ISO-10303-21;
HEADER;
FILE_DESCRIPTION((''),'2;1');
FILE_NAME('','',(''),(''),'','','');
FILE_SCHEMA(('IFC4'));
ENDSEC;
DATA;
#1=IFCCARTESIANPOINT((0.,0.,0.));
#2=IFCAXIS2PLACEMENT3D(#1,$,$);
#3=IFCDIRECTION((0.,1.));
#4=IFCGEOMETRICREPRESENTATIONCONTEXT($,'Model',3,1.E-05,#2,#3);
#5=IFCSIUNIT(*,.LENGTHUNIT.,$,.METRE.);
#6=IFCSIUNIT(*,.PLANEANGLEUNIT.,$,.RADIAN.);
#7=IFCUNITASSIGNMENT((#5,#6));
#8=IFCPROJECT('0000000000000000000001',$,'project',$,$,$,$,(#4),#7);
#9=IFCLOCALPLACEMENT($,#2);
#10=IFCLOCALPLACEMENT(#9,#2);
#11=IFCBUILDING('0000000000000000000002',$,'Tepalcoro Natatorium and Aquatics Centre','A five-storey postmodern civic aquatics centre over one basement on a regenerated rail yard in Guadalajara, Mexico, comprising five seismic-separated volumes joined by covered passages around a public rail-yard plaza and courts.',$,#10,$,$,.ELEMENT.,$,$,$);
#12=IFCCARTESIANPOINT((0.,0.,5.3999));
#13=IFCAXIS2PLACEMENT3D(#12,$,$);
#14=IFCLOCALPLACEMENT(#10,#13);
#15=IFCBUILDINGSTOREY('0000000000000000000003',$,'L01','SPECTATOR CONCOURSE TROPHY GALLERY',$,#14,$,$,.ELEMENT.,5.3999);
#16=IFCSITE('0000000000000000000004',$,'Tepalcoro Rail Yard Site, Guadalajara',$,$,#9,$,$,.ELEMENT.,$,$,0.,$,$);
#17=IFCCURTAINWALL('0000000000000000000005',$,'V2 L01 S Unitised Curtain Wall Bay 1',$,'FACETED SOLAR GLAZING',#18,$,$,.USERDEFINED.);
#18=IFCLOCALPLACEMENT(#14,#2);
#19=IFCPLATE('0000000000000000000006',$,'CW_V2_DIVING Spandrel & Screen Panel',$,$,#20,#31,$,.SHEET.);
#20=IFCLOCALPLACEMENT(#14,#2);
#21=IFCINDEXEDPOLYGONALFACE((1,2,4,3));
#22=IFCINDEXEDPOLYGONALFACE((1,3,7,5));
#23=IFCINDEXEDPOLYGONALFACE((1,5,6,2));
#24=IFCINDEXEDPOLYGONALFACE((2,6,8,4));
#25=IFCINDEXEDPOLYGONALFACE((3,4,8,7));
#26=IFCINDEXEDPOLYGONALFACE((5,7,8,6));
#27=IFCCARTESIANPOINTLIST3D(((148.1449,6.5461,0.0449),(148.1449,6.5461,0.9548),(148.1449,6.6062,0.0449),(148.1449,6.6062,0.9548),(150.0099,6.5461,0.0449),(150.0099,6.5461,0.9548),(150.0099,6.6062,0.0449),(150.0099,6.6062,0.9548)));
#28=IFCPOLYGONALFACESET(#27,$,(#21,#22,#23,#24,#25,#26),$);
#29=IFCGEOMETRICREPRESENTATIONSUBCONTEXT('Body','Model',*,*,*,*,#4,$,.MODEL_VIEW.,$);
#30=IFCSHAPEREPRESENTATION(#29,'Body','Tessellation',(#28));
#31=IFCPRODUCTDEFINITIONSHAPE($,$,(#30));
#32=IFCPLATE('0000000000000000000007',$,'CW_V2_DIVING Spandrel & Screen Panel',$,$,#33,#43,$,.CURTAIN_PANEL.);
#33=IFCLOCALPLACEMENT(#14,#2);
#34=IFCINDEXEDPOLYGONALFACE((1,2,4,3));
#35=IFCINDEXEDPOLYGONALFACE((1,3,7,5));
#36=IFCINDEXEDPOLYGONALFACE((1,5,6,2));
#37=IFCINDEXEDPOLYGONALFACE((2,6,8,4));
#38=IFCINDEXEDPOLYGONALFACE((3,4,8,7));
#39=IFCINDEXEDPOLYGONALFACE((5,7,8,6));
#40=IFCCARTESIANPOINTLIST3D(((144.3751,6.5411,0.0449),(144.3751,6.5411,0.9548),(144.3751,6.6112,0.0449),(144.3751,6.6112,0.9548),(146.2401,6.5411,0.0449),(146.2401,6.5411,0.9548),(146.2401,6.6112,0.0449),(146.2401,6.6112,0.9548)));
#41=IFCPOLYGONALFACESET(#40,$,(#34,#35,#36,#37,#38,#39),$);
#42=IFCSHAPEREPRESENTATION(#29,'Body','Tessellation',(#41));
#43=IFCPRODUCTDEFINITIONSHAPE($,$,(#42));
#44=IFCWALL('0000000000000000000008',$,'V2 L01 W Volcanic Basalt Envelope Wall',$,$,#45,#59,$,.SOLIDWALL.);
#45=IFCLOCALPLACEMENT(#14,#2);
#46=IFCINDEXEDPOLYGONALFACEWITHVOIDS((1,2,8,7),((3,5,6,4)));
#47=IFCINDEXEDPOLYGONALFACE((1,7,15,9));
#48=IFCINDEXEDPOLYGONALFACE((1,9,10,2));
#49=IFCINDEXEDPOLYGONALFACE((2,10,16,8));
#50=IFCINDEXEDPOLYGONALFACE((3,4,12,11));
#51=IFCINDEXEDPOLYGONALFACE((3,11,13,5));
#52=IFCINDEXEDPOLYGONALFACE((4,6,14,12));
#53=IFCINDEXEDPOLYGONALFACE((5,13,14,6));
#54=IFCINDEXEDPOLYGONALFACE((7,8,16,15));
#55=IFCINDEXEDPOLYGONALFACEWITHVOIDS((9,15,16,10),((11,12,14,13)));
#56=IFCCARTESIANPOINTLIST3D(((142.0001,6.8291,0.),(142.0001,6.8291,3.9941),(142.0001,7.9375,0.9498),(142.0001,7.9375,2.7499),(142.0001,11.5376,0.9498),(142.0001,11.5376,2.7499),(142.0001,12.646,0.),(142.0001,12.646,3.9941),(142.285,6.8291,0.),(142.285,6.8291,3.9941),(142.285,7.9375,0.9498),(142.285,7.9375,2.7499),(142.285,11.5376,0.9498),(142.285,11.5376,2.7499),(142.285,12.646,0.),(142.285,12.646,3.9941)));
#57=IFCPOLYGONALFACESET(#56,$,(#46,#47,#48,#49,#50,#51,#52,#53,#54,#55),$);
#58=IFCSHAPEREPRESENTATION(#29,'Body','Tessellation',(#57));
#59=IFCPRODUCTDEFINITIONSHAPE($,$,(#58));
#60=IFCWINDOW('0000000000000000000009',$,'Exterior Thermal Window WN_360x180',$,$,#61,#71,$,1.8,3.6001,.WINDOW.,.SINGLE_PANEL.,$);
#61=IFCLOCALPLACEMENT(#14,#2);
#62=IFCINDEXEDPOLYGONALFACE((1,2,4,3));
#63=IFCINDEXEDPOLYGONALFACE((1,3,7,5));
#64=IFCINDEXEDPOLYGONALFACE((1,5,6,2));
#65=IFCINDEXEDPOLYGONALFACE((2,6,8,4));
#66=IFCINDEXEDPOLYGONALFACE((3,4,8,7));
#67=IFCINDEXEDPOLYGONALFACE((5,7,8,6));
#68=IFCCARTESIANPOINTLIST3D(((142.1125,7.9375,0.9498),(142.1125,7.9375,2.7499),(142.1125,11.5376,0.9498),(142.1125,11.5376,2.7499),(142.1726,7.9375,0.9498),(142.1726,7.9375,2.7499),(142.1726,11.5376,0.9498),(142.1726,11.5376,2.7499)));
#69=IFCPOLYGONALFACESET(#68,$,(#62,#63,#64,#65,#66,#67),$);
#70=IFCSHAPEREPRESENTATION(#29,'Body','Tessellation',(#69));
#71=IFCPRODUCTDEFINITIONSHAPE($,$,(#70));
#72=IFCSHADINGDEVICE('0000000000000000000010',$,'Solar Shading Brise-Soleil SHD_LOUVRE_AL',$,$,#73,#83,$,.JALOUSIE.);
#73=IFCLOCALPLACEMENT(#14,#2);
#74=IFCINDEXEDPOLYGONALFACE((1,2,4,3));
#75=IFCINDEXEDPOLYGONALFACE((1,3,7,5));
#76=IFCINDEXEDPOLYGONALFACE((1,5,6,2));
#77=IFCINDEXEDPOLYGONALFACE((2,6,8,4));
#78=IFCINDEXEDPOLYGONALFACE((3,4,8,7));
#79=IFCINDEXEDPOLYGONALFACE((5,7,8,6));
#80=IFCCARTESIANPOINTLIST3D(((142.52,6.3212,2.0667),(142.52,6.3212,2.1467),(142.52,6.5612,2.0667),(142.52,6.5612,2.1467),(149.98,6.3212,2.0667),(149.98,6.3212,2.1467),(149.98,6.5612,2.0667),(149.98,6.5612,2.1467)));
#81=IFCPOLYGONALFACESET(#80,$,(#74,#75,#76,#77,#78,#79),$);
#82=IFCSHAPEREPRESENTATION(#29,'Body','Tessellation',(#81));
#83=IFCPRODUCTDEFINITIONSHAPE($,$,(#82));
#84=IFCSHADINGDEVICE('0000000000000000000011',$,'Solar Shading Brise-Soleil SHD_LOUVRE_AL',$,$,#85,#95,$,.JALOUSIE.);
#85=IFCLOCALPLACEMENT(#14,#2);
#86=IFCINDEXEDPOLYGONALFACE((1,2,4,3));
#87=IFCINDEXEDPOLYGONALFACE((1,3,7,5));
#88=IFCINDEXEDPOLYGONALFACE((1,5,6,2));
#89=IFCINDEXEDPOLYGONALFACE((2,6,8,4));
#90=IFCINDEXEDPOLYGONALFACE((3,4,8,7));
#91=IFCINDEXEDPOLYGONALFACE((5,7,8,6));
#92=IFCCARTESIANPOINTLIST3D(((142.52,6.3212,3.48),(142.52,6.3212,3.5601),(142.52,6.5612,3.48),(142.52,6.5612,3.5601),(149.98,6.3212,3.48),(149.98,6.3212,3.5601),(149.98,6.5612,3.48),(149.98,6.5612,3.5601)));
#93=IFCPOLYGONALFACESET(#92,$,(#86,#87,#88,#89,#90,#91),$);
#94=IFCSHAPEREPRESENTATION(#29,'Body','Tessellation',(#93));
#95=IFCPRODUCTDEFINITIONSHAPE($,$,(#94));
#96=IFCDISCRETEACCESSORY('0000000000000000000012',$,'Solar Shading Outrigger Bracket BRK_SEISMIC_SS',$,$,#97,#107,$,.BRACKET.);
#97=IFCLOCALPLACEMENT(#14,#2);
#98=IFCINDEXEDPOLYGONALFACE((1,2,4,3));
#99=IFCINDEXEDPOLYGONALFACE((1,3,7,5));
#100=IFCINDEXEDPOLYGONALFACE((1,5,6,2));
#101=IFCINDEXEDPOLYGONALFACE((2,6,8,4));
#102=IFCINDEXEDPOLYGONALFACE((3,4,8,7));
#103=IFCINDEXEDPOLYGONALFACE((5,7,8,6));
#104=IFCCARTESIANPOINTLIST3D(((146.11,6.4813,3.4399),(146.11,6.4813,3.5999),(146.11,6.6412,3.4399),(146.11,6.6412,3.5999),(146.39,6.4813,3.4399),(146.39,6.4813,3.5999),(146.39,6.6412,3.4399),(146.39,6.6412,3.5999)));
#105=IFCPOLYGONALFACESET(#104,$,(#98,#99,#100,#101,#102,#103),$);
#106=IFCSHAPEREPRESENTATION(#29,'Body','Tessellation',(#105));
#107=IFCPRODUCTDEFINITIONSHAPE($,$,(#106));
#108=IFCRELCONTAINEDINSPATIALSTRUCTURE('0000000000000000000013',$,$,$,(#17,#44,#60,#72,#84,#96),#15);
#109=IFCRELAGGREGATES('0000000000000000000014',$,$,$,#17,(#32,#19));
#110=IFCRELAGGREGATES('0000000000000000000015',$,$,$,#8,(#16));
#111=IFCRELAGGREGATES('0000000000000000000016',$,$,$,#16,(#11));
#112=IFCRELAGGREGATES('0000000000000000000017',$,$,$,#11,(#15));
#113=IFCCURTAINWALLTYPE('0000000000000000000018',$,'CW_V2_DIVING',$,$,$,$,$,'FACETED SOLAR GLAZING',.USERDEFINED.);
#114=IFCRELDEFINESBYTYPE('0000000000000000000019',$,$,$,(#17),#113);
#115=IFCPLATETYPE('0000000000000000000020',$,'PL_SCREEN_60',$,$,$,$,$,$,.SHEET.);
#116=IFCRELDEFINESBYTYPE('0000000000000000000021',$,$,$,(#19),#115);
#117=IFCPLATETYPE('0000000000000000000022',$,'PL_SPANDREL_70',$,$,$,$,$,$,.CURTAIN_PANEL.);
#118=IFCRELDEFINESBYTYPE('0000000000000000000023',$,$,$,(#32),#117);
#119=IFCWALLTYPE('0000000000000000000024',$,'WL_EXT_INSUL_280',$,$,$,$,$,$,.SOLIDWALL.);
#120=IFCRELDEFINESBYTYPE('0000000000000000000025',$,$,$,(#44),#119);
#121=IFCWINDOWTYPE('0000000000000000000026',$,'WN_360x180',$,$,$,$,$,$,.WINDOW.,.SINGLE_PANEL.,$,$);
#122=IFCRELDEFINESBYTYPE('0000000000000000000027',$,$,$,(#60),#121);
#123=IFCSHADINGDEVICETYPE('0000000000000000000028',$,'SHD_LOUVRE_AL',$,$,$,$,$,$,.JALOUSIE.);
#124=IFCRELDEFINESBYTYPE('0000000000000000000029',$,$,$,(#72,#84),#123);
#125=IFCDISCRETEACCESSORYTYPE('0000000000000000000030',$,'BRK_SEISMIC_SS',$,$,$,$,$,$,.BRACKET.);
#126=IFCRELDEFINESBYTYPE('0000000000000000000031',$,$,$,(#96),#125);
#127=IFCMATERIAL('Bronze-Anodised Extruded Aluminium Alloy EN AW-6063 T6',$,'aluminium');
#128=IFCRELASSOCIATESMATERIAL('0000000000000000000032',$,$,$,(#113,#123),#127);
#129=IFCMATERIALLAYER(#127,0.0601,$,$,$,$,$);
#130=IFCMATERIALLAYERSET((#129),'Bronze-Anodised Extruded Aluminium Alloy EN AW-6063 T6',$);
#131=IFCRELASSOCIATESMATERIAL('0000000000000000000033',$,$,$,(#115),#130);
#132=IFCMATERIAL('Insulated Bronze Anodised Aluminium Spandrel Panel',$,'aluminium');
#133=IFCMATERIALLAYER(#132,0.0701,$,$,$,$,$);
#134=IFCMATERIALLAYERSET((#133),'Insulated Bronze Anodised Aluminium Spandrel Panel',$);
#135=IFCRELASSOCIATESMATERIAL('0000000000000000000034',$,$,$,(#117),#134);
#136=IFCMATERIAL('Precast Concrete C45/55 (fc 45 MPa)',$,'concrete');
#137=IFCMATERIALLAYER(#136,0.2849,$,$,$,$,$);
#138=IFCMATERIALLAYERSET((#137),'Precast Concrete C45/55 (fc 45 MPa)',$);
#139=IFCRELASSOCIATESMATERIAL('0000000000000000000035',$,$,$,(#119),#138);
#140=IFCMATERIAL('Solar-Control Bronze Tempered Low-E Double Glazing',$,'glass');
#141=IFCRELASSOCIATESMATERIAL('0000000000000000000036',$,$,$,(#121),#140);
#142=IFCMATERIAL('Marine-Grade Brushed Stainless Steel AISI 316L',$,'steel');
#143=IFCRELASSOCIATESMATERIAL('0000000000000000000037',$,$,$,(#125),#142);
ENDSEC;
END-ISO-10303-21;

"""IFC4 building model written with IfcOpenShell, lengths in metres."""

from ifc_helpers import new_model, si_unit, direction, frame, frame_2d, origin, origin_2d, place, context, subcontext, project, spatial, rectangle, extrude, material, layer, layer_set, type_object, element, fill, aggregate, save


model = new_model("IFC4")

# Units and contexts
model_context = context("Model", 3, precision=1e-05, world=origin(), true_north=direction((0.0, 1.0)))
body_context = subcontext(model_context, "Body", "Model", "MODEL_VIEW")
ifc_project = project(units=[si_unit("LENGTHUNIT", "METRE"), si_unit("PLANEANGLEUNIT", "RADIAN")], contexts=[model_context])

# Site, building, storey
site_placement = place(None, origin())
site = spatial("IfcSite", under=ifc_project, at=site_placement, Name="Tepalcoro Rail Yard Site, Guadalajara", CompositionType="ELEMENT", RefElevation=0.0)
building_placement = place(site_placement, origin())
building = spatial("IfcBuilding", under=site, at=building_placement, Name="Tepalcoro Natatorium and Aquatics Centre", Description="A five-storey postmodern civic aquatics centre over one basement on a regenerated rail yard in Guadalajara, Mexico, comprising five seismic-separated volumes joined by covered passages around a public rail-yard plaza and courts.", CompositionType="ELEMENT")
storey_placement = place(building_placement, frame((0.0, 0.0, 5.3999)))
storey = spatial("IfcBuildingStorey", under=building, at=storey_placement, Name="L01", Description="SPECTATOR CONCOURSE TROPHY GALLERY", CompositionType="ELEMENT", Elevation=5.3999)

# Curtain wall
ifc_material_1 = material(Name="Bronze-Anodised Extruded Aluminium Alloy EN AW-6063 T6", Category="aluminium")
curtain_wall_type = type_object("IfcCurtainWallType", Name="CW_V2_DIVING", ElementType="FACETED SOLAR GLAZING", PredefinedType="USERDEFINED", material=ifc_material_1)
curtain_wall_placement = place(storey_placement, origin())
curtain_wall = element("IfcCurtainWall", 1, at=curtain_wall_placement, inside=storey, type_object=curtain_wall_type, Name="V2 L01 S Unitised Curtain Wall Bay 1", ObjectType="FACETED SOLAR GLAZING", PredefinedType="USERDEFINED")

# Plates
ifc_material_2 = material(Name="Solar-Control Bronze Tempered Low-E Double Glazing", Category="glass")
ifc_layer_1 = layer(ifc_material_1, 0.0601)
ifc_layer_set_1 = layer_set([ifc_layer_1], Name="Bronze-Anodised Extruded Aluminium Alloy EN AW-6063 T6")
plate_type_1 = type_object("IfcPlateType", Name="PL_SCREEN_60", PredefinedType="SHEET", material=ifc_layer_set_1)
plate_1_placement = place(storey_placement, frame((149.0774, 6.5762, 0.0449), z_axis=(0.0, 0.0, 1.0), x_axis=(1.0, 0.0, 0.0)))
plate_1 = element("IfcPlate", 2, at=plate_1_placement, type_object=plate_type_1, Name="CW_V2_DIVING Spandrel & Screen Panel", PredefinedType="SHEET", context=body_context, shape_type="SweptSolid", body=[
    extrude(rectangle(XDim=1.865, YDim=0.0601, at=origin_2d()), origin(), (0.0, 0.0, 1.0), 0.9099),
])
ifc_material_3 = material(Name="Insulated Bronze Anodised Aluminium Spandrel Panel", Category="aluminium")
ifc_layer_2 = layer(ifc_material_3, 0.0701)
ifc_layer_set_2 = layer_set([ifc_layer_2], Name="Insulated Bronze Anodised Aluminium Spandrel Panel")
plate_type_2 = type_object("IfcPlateType", Name="PL_SPANDREL_70", PredefinedType="CURTAIN_PANEL", material=ifc_layer_set_2)
plate_2_placement = place(storey_placement, frame((145.3076, 6.5762, 0.0449), z_axis=(0.0, 0.0, 1.0), x_axis=(1.0, 0.0, 0.0)))
plate_2 = element("IfcPlate", 3, at=plate_2_placement, type_object=plate_type_2, Name="CW_V2_DIVING Spandrel & Screen Panel", PredefinedType="CURTAIN_PANEL", context=body_context, shape_type="SweptSolid", body=[
    extrude(rectangle(XDim=1.865, YDim=0.0701, at=origin_2d()), origin(), (0.0, 0.0, 1.0), 0.9099),
])
aggregate(curtain_wall, [plate_2, plate_1])

# Wall, opening, window
ifc_material_4 = material(Name="Precast Concrete C45/55 (fc 45 MPa)", Category="concrete")
ifc_layer_3 = layer(ifc_material_4, 0.2849)
ifc_layer_set_3 = layer_set([ifc_layer_3], Name="Precast Concrete C45/55 (fc 45 MPa)")
wall_type = type_object("IfcWallType", Name="WL_EXT_INSUL_280", PredefinedType="SOLIDWALL", material=ifc_layer_set_3)
wall_placement = place(storey_placement, frame((142.1426, 6.8291, 0.0), z_axis=(0.0, 0.0, 1.0), x_axis=(0.0, 1.0, 0.0)))
wall = element("IfcWall", 4, at=wall_placement, inside=storey, type_object=wall_type, Name="V2 L01 W Volcanic Basalt Envelope Wall", PredefinedType="SOLIDWALL", context=body_context, shape_type="SweptSolid", body=[
    extrude(rectangle(XDim=5.8169, YDim=0.2849, at=frame_2d((2.9084, 0.0))), origin(), (0.0, 0.0, 1.0), 3.9941),
])
opening_placement = place(wall_placement, frame((1.1084, 0.0, 0.95)))
opening = element("IfcOpeningElement", 5, at=opening_placement, cuts=wall, PredefinedType="OPENING", context=body_context, shape_type="SweptSolid", body=[
    extrude(rectangle(XDim=3.6001, YDim=1.8, at=frame_2d((1.8, 0.8999))), frame((0.0, 0.1543, 0.0), z_axis=(0.0, -1.0, 0.0), x_axis=(1.0, 0.0, 0.0)), (0.0, 0.0, 1.0), 0.3088),
])
window_type = type_object("IfcWindowType", Name="WN_360x180", PartitioningType="SINGLE_PANEL", PredefinedType="WINDOW", material=ifc_material_2)
window_placement = place(opening_placement, origin())
window = element("IfcWindow", 6, at=window_placement, inside=storey, type_object=window_type, Name="Exterior Thermal Window WN_360x180", OverallHeight=1.8, OverallWidth=3.6001, PartitioningType="SINGLE_PANEL", PredefinedType="WINDOW", context=body_context, shape_type="SweptSolid", body=[
    extrude(rectangle(XDim=3.6001, YDim=1.8, at=frame_2d((1.8, 0.8999))), frame((0.0, 0.03, 0.0), z_axis=(0.0, -1.0, 0.0), x_axis=(1.0, 0.0, 0.0)), (0.0, 0.0, 1.0), 0.0601),
])
fill(opening, window)

# Shading devices
shading_device_type = type_object("IfcShadingDeviceType", Name="SHD_LOUVRE_AL", PredefinedType="JALOUSIE", material=ifc_material_1)
for number, where, z_axis, x_axis, name in (
    (7, (146.25, 6.4412, 2.0667), (0.0, 0.0, 1.0), (1.0, 0.0, 0.0), "Solar Shading Brise-Soleil SHD_LOUVRE_AL"),
    (8, (146.25, 6.4412, 3.48), (0.0, 0.0, 1.0), (1.0, 0.0, 0.0), "Solar Shading Brise-Soleil SHD_LOUVRE_AL"),
):
    element("IfcShadingDevice", number, at=place(storey_placement, frame(where, z_axis=z_axis, x_axis=x_axis)), inside=storey, type_object=shading_device_type, Name=name, PredefinedType="JALOUSIE", context=body_context, shape_type="SweptSolid", body=[
        extrude(rectangle(XDim=7.46, YDim=0.24, at=origin_2d()), origin(), (0.0, 0.0, 1.0), 0.0801),
    ])

# Discrete accessory
ifc_material_5 = material(Name="Marine-Grade Brushed Stainless Steel AISI 316L", Category="steel")
discrete_accessory_type = type_object("IfcDiscreteAccessoryType", Name="BRK_SEISMIC_SS", PredefinedType="BRACKET", material=ifc_material_5)
discrete_accessory_placement = place(storey_placement, frame((146.25, 6.5613, 3.4399), z_axis=(0.0, 0.0, 1.0), x_axis=(1.0, 0.0, 0.0)))
element("IfcDiscreteAccessory", 9, at=discrete_accessory_placement, inside=storey, type_object=discrete_accessory_type, Name="Solar Shading Outrigger Bracket BRK_SEISMIC_SS", PredefinedType="BRACKET", context=body_context, shape_type="SweptSolid", body=[
    extrude(rectangle(XDim=0.28, YDim=0.1599, at=origin_2d()), origin(), (0.0, 0.0, 1.0), 0.1599),
])

save(model, "model.ifc")
